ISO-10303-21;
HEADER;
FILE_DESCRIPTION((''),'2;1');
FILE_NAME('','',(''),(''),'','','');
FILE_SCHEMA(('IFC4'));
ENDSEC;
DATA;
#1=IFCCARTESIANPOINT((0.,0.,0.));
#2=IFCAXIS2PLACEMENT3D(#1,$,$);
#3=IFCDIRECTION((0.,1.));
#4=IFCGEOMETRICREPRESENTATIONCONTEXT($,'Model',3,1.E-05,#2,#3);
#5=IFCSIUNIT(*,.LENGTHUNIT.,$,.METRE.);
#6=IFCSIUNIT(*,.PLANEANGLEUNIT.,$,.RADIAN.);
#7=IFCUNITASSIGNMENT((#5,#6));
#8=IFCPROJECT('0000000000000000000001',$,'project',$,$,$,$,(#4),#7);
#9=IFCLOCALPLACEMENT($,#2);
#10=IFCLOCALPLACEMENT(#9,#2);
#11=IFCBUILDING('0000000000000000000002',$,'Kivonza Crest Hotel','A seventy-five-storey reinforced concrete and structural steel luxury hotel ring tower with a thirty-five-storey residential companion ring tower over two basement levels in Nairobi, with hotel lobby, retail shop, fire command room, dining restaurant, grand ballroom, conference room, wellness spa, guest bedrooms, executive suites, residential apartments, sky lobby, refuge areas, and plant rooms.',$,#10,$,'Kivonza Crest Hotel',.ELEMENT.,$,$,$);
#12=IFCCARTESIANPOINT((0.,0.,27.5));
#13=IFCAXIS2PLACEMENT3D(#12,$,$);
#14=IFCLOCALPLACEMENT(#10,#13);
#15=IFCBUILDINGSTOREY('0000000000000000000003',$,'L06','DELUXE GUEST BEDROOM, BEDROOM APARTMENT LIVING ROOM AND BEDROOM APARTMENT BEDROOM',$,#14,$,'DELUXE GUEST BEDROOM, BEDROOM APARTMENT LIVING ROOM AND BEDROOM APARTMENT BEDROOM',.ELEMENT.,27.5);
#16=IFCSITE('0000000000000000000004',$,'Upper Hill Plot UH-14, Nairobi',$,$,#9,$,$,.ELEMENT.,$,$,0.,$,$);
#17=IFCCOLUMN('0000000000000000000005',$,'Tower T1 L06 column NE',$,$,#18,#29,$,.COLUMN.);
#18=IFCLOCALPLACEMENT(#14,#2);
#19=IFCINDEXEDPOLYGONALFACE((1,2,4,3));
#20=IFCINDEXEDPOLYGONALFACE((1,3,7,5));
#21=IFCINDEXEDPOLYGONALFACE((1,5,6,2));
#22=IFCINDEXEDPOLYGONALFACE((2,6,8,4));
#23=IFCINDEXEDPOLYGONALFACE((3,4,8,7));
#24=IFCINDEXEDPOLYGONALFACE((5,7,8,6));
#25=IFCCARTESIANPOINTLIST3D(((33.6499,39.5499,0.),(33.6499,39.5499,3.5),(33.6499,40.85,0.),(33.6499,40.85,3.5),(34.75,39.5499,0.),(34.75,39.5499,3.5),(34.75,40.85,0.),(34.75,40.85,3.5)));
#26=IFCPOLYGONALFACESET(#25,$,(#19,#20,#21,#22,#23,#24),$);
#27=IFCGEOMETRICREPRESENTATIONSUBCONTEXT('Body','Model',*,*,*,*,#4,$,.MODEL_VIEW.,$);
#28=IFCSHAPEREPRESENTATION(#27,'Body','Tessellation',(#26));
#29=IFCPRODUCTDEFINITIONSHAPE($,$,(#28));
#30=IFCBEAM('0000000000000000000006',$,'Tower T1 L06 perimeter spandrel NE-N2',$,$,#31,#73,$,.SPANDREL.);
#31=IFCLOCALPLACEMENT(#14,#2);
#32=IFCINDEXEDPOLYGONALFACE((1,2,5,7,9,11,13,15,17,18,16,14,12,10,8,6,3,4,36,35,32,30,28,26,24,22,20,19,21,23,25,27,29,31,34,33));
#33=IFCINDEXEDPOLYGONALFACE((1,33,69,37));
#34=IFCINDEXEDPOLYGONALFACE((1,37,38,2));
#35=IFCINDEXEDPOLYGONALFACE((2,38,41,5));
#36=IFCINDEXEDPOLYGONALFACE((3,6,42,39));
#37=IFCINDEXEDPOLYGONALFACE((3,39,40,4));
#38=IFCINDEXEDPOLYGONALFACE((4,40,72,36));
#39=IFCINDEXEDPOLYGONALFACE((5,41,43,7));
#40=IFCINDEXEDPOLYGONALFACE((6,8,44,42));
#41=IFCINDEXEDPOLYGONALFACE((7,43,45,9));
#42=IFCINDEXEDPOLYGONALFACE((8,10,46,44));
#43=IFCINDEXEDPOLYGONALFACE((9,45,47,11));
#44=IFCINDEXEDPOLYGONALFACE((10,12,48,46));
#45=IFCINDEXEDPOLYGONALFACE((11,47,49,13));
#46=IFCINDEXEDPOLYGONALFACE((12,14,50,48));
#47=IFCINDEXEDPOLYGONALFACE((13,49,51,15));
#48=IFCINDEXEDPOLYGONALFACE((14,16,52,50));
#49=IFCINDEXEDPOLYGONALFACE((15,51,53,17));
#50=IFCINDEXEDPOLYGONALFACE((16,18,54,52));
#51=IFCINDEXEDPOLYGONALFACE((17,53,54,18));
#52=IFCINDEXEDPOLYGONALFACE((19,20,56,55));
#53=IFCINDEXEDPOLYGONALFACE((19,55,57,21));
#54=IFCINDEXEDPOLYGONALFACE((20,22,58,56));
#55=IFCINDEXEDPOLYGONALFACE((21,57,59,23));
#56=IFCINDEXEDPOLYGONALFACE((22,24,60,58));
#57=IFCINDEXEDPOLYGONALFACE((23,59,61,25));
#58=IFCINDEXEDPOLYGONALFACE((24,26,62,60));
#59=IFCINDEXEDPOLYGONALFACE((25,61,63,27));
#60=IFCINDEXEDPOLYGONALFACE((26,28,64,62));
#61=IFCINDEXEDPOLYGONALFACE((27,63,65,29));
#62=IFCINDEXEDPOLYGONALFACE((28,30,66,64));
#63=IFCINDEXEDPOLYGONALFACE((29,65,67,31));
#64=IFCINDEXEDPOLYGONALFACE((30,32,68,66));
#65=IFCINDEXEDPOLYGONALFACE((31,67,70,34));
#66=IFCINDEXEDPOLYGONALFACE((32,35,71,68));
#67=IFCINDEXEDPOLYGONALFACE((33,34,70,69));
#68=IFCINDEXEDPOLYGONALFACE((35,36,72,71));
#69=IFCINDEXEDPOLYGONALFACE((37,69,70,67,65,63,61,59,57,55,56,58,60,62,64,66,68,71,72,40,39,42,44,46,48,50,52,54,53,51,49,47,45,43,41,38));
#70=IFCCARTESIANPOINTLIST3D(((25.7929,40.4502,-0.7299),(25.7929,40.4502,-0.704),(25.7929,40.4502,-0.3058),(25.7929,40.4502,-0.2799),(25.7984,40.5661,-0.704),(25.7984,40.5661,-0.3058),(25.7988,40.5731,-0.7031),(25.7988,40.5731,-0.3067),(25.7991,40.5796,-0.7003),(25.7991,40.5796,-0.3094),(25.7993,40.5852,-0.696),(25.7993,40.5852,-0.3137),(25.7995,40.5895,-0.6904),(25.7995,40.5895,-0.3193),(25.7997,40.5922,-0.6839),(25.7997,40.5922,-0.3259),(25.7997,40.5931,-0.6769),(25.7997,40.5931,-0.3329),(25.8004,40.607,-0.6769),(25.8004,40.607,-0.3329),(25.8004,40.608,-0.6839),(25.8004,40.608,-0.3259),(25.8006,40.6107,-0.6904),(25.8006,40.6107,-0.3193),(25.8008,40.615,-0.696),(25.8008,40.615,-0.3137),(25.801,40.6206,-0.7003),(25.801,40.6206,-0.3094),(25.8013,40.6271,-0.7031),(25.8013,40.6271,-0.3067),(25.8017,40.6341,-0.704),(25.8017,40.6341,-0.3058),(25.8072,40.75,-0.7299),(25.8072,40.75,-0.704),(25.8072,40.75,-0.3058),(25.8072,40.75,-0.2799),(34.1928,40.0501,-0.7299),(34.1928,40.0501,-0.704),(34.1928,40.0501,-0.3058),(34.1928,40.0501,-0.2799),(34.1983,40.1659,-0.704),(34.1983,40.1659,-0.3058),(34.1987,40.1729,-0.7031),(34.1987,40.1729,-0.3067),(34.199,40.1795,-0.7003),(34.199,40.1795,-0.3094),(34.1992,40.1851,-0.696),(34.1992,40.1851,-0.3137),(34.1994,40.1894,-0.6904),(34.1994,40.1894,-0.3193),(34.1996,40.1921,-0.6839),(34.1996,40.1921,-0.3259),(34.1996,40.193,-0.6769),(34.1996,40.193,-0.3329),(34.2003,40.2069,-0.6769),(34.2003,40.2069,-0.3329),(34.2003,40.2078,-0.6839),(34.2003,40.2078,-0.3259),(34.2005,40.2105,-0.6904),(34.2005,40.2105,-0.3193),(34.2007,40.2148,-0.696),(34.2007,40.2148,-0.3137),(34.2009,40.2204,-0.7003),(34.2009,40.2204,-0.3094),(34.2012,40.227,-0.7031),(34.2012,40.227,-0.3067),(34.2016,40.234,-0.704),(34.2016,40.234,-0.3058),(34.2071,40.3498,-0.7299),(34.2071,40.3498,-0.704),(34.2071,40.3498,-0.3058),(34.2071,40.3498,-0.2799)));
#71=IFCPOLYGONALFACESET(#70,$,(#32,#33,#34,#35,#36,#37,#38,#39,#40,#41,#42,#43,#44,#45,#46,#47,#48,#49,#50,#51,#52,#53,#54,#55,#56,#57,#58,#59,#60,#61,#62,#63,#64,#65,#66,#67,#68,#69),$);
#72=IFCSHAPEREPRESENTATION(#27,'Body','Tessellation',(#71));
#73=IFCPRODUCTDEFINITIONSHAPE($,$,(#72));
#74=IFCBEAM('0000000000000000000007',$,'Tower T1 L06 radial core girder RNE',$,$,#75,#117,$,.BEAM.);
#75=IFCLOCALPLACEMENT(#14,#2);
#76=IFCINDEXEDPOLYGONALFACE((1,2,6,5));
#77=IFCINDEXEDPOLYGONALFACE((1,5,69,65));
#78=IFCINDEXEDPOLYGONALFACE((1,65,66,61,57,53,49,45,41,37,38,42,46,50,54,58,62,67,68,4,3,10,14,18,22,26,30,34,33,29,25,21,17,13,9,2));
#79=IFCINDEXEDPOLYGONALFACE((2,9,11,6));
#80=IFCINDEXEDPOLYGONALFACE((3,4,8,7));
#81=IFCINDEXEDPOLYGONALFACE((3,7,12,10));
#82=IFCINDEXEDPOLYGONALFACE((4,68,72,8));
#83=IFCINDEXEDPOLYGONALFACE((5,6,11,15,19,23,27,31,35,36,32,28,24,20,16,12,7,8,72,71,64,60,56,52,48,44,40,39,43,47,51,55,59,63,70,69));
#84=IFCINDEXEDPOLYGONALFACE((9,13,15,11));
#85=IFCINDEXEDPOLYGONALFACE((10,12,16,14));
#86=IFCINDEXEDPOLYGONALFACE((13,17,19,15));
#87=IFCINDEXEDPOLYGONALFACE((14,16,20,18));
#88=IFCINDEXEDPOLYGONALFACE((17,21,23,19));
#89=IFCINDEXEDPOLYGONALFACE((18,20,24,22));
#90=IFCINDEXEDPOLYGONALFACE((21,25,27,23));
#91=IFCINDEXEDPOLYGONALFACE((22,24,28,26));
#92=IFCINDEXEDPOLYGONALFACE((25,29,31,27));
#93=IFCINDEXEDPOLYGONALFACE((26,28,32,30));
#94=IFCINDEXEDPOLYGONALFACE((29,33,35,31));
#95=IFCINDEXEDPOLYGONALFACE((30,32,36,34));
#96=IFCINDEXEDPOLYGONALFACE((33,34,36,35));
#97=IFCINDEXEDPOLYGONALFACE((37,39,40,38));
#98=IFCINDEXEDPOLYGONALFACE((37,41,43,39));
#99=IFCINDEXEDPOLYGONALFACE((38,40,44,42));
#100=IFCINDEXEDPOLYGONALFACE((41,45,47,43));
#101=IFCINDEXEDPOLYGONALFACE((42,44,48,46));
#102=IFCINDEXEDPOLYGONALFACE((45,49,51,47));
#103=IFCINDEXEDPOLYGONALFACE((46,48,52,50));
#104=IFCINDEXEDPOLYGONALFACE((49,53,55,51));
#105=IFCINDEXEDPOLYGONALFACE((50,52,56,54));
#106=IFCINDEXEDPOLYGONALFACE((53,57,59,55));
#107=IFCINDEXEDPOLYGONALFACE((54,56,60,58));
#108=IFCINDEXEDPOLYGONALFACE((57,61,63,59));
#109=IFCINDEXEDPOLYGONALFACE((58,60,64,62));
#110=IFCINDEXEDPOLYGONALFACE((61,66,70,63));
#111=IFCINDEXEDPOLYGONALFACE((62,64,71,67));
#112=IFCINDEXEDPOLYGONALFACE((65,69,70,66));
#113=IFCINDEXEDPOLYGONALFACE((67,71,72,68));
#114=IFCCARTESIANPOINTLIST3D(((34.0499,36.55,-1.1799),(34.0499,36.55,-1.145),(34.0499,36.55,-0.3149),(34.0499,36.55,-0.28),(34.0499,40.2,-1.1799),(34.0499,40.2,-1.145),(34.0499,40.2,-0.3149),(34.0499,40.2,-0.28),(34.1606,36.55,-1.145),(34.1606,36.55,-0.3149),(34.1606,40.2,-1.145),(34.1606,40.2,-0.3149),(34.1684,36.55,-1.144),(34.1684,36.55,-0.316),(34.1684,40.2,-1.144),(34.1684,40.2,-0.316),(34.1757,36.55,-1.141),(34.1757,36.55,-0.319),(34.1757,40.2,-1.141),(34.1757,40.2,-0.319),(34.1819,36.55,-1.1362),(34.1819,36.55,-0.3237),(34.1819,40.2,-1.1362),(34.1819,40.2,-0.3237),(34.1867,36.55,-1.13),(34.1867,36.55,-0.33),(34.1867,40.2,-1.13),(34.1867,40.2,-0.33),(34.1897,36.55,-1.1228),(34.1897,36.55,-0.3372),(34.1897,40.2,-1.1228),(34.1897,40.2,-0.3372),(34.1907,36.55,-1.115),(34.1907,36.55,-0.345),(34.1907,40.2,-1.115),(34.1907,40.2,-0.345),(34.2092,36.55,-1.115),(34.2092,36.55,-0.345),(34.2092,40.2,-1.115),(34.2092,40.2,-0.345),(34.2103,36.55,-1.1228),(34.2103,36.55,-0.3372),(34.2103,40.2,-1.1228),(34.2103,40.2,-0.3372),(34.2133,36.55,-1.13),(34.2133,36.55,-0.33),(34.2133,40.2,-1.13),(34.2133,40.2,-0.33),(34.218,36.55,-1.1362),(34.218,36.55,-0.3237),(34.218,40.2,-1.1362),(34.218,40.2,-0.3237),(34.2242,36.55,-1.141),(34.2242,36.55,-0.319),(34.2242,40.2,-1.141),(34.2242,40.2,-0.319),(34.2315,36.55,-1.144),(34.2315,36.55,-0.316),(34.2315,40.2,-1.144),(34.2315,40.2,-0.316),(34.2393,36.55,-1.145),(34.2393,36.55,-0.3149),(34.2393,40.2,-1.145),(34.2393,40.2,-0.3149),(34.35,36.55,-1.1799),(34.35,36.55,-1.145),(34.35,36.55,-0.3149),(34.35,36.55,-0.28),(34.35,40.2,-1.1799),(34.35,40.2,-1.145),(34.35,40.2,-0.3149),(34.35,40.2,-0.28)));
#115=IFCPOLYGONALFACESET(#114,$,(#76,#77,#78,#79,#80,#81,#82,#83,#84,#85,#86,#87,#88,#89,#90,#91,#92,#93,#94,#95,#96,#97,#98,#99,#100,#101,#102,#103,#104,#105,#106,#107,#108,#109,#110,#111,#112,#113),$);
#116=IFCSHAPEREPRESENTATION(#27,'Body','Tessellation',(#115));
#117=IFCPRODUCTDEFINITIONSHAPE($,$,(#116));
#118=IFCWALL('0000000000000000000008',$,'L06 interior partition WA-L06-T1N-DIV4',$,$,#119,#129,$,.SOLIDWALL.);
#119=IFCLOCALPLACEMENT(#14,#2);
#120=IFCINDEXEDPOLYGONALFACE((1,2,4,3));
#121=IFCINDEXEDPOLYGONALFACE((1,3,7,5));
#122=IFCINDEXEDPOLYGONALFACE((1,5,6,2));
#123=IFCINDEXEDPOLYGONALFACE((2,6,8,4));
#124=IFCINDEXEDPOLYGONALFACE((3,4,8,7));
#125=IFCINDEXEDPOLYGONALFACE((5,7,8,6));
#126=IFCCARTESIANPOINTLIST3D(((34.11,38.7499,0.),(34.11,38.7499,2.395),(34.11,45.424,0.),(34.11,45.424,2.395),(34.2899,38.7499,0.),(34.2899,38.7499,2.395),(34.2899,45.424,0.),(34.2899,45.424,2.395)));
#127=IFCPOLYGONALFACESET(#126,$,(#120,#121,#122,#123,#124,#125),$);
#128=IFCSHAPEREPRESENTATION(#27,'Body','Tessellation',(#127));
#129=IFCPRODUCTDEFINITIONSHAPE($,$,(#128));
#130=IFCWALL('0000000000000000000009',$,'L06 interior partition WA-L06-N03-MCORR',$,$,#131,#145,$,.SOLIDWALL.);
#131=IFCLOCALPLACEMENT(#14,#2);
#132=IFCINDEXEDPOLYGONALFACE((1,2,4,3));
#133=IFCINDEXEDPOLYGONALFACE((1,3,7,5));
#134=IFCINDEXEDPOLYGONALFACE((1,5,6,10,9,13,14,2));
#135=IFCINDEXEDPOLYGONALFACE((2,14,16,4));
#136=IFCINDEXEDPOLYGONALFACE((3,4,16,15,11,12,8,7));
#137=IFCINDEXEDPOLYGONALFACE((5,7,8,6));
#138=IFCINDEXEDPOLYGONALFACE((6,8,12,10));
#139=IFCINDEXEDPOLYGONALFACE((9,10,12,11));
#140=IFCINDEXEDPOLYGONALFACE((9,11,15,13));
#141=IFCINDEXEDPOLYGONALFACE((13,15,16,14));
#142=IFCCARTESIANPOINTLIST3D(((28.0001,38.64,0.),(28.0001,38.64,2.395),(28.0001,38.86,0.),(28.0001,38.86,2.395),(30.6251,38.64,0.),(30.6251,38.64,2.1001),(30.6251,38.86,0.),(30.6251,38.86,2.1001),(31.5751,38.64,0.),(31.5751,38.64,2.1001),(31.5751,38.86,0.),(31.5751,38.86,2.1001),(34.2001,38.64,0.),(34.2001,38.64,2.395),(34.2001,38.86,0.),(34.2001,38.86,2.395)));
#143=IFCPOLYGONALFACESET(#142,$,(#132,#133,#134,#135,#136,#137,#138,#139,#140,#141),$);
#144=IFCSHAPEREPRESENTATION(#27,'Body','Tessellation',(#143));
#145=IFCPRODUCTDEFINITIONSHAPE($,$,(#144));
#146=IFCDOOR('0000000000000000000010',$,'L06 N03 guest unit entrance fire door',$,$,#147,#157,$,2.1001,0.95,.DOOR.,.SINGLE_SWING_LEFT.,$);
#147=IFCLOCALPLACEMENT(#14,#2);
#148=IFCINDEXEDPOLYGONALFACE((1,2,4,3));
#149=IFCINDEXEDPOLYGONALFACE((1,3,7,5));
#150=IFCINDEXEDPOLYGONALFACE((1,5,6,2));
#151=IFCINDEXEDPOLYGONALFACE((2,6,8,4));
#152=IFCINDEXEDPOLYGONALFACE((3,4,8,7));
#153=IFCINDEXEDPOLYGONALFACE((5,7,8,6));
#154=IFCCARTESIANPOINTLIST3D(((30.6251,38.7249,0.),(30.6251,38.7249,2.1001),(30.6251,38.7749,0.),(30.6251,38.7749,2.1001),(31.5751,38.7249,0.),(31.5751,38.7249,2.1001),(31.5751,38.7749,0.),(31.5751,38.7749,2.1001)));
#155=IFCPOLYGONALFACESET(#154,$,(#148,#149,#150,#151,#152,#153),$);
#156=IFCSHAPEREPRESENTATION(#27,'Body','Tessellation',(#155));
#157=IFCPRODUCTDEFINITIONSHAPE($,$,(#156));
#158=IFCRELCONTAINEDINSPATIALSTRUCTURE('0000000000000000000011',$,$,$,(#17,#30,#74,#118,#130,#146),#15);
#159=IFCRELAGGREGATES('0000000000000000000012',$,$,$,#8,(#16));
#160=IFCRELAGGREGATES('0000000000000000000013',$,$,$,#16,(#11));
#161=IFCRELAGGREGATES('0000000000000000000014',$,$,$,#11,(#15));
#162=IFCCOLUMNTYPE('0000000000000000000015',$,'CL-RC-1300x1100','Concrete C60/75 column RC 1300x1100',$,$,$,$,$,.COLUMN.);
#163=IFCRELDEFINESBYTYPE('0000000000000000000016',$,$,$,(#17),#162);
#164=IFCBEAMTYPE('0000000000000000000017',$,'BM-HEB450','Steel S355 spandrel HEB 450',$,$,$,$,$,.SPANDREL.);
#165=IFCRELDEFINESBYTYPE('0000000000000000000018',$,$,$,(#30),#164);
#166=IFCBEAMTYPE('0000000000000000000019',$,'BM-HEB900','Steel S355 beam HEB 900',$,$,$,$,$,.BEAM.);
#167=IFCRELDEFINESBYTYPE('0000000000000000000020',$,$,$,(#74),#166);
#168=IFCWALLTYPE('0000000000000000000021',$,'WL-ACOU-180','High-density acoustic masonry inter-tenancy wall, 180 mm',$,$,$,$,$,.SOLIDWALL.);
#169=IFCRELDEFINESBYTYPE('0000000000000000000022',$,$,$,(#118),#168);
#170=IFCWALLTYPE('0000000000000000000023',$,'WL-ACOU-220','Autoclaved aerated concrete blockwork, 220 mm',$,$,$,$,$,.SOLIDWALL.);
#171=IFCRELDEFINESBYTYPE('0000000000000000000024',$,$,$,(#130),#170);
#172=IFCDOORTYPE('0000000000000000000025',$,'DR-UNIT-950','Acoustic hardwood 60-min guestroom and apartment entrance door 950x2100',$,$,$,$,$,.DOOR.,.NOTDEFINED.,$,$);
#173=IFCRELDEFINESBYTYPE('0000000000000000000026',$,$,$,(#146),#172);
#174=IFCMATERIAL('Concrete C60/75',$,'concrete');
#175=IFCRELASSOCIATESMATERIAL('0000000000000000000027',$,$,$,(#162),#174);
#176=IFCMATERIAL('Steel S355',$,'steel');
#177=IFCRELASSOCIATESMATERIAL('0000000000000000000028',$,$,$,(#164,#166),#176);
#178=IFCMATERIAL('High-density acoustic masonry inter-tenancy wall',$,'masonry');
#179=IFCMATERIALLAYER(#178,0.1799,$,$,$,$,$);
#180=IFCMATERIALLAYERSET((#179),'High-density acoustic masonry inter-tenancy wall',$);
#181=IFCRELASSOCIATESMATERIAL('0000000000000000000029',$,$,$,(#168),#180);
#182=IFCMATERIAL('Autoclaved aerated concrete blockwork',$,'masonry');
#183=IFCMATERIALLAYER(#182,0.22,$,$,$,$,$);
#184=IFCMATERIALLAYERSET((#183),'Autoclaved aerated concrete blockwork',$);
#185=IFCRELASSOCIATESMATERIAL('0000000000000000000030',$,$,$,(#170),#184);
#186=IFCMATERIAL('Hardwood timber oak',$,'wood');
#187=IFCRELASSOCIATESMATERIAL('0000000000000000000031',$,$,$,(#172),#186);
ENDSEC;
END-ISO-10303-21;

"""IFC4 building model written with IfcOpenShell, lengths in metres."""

from ifc_helpers import new_model, si_unit, direction, frame, frame_2d, origin, origin_2d, place, context, subcontext, project, spatial, rectangle, i_section, extrude, material, layer, layer_set, material_profile, profile_set, type_object, element, fill, save


model = new_model("IFC4")

# Units and contexts
model_context = context("Model", 3, precision=1e-05, world=origin(), true_north=direction((0.0, 1.0)))
body_context = subcontext(model_context, "Body", "Model", "MODEL_VIEW")
ifc_project = project(units=[si_unit("LENGTHUNIT", "METRE"), si_unit("PLANEANGLEUNIT", "RADIAN")], contexts=[model_context])

# Site, building, storey
site_placement = place(None, origin())
site = spatial("IfcSite", under=ifc_project, at=site_placement, Name="Upper Hill Plot UH-14, Nairobi", CompositionType="ELEMENT", RefElevation=0.0)
building_placement = place(site_placement, origin())
building = spatial("IfcBuilding", under=site, at=building_placement, Name="Kivonza Crest Hotel", Description="A seventy-five-storey reinforced concrete and structural steel luxury hotel ring tower with a thirty-five-storey residential companion ring tower over two basement levels in Nairobi, with hotel lobby, retail shop, fire command room, dining restaurant, grand ballroom, conference room, wellness spa, guest bedrooms, executive suites, residential apartments, sky lobby, refuge areas, and plant rooms.", LongName="Kivonza Crest Hotel", CompositionType="ELEMENT")
storey_placement = place(building_placement, frame((0.0, 0.0, 27.5)))
storey = spatial("IfcBuildingStorey", under=building, at=storey_placement, Name="L06", Description="DELUXE GUEST BEDROOM, BEDROOM APARTMENT LIVING ROOM AND BEDROOM APARTMENT BEDROOM", LongName="DELUXE GUEST BEDROOM, BEDROOM APARTMENT LIVING ROOM AND BEDROOM APARTMENT BEDROOM", CompositionType="ELEMENT", Elevation=27.5)

# Column
ifc_material_1 = material(Name="Concrete C60/75", Category="concrete")
ifc_material_profile_1 = material_profile(ifc_material_1, rectangle(XDim=1.1001, YDim=1.3, at=origin_2d()), Name="RC 1300x1100")
ifc_profile_set_1 = profile_set([ifc_material_profile_1], Name="Concrete C60/75")
column_type = type_object("IfcColumnType", Name="CL-RC-1300x1100", Description="Concrete C60/75 column RC 1300x1100", PredefinedType="COLUMN", material=ifc_profile_set_1)
column_placement = place(storey_placement, frame((34.2, 40.2, 0.0), z_axis=(0.0, 0.0, 1.0), x_axis=(1.0, 0.0, 0.0)))
element("IfcColumn", 1, at=column_placement, inside=storey, type_object=column_type, Name="Tower T1 L06 column NE", PredefinedType="COLUMN", context=body_context, shape_type="SweptSolid", body=[
    extrude(rectangle(XDim=1.1001, YDim=1.3, at=origin_2d()), origin(), (0.0, 0.0, 1.0), 3.5),
])

# Beams
ifc_material_2 = material(Name="Steel S355", Category="steel")
ifc_material_profile_2 = material_profile(ifc_material_2, i_section(OverallWidth=0.3, OverallDepth=0.45, WebThickness=0.0139, FlangeThickness=0.0259, FilletRadius=0.0271, at=origin_2d()), Name="HEB 450")
ifc_profile_set_2 = profile_set([ifc_material_profile_2], Name="Steel S355")
beam_type_1 = type_object("IfcBeamType", Name="BM-HEB450", Description="Steel S355 spandrel HEB 450", PredefinedType="SPANDREL", material=ifc_profile_set_2)
beam_1_placement = place(storey_placement, frame((34.2, 40.2, -0.5049), z_axis=(-0.998867, 0.047583, 0.0), x_axis=(-0.047583, -0.998867, 0.0)))
element("IfcBeam", 2, at=beam_1_placement, inside=storey, type_object=beam_type_1, Name="Tower T1 L06 perimeter spandrel NE-N2", PredefinedType="SPANDREL", context=body_context, shape_type="SweptSolid", body=[
    extrude(i_section(OverallWidth=0.3, OverallDepth=0.45, WebThickness=0.0139, FlangeThickness=0.0259, FilletRadius=0.0271, at=origin_2d()), origin(), (0.0, 0.0, 1.0), 8.4094),
])
ifc_material_profile_3 = material_profile(ifc_material_2, i_section(OverallWidth=0.3, OverallDepth=0.8999, WebThickness=0.0186, FlangeThickness=0.0349, FilletRadius=0.03, at=origin_2d()), Name="HEB 900")
ifc_profile_set_3 = profile_set([ifc_material_profile_3], Name="Steel S355")
beam_type_2 = type_object("IfcBeamType", Name="BM-HEB900", Description="Steel S355 beam HEB 900", PredefinedType="BEAM", material=ifc_profile_set_3)
beam_2_placement = place(storey_placement, frame((34.2, 40.2, -0.73), z_axis=(0.0, -1.0, 0.0), x_axis=(1.0, 0.0, 0.0)))
element("IfcBeam", 3, at=beam_2_placement, inside=storey, type_object=beam_type_2, Name="Tower T1 L06 radial core girder RNE", PredefinedType="BEAM", context=body_context, shape_type="SweptSolid", body=[
    extrude(i_section(OverallWidth=0.3, OverallDepth=0.8999, WebThickness=0.0186, FlangeThickness=0.0349, FilletRadius=0.03, at=origin_2d()), origin(), (0.0, 0.0, 1.0), 3.6499),
])

# Wall
ifc_material_3 = material(Name="High-density acoustic masonry inter-tenancy wall", Category="masonry")
ifc_layer_1 = layer(ifc_material_3, 0.1799)
ifc_layer_set_1 = layer_set([ifc_layer_1], Name="High-density acoustic masonry inter-tenancy wall")
wall_type_1 = type_object("IfcWallType", Name="WL-ACOU-180", Description="High-density acoustic masonry inter-tenancy wall, 180 mm", PredefinedType="SOLIDWALL", material=ifc_layer_set_1)
wall_1_placement = place(storey_placement, frame((34.2, 38.75, 0.0), z_axis=(0.0, 0.0, 1.0), x_axis=(0.0, 1.0, 0.0)))
element("IfcWall", 4, at=wall_1_placement, inside=storey, type_object=wall_type_1, Name="L06 interior partition WA-L06-T1N-DIV4", PredefinedType="SOLIDWALL", context=body_context, shape_type="SweptSolid", body=[
    extrude(rectangle(XDim=6.6741, YDim=0.1799, at=frame_2d((3.3369, 0.0))), origin(), (0.0, 0.0, 1.0), 2.395),
])

# Wall, opening, door
ifc_material_4 = material(Name="Autoclaved aerated concrete blockwork", Category="masonry")
ifc_layer_2 = layer(ifc_material_4, 0.22)
ifc_layer_set_2 = layer_set([ifc_layer_2], Name="Autoclaved aerated concrete blockwork")
wall_type_2 = type_object("IfcWallType", Name="WL-ACOU-220", Description="Autoclaved aerated concrete blockwork, 220 mm", PredefinedType="SOLIDWALL", material=ifc_layer_set_2)
wall_2_placement = place(storey_placement, frame((28.0, 38.75, 0.0), z_axis=(0.0, 0.0, 1.0), x_axis=(1.0, 0.0, 0.0)))
wall_2 = element("IfcWall", 5, at=wall_2_placement, inside=storey, type_object=wall_type_2, Name="L06 interior partition WA-L06-N03-MCORR", PredefinedType="SOLIDWALL", context=body_context, shape_type="SweptSolid", body=[
    extrude(rectangle(XDim=6.2, YDim=0.22, at=frame_2d((3.1001, 0.0))), origin(), (0.0, 0.0, 1.0), 2.395),
])
opening_1_placement = place(wall_2_placement, frame((2.625, 0.0, 0.0)))
opening_1 = element("IfcOpeningElement", 6, at=opening_1_placement, cuts=wall_2, PredefinedType="OPENING", context=body_context, shape_type="SweptSolid", body=[
    extrude(rectangle(XDim=0.95, YDim=2.1001, at=frame_2d((0.4751, 1.05))), frame((0.0, 0.1201, 0.0), z_axis=(0.0, -1.0, 0.0), x_axis=(1.0, 0.0, 0.0)), (0.0, 0.0, 1.0), 0.24),
])
ifc_material_5 = material(Name="Hardwood timber oak", Category="wood")
door_type_1 = type_object("IfcDoorType", Name="DR-UNIT-950", Description="Acoustic hardwood 60-min guestroom and apartment entrance door 950x2100", OperationType="NOTDEFINED", PredefinedType="DOOR", material=ifc_material_5)
door_1_placement = place(opening_1_placement, origin())
door_1 = element("IfcDoor", 7, at=door_1_placement, inside=storey, type_object=door_type_1, Name="L06 N03 guest unit entrance fire door", OperationType="SINGLE_SWING_LEFT", OverallHeight=2.1001, OverallWidth=0.95, PredefinedType="DOOR", context=body_context, shape_type="SweptSolid", body=[
    extrude(rectangle(XDim=0.95, YDim=2.1001, at=frame_2d((0.4751, 1.05))), frame((0.0, 0.0249, 0.0), z_axis=(0.0, -1.0, 0.0), x_axis=(1.0, 0.0, 0.0)), (0.0, 0.0, 1.0), 0.05),
])
fill(opening_1, door_1)

save(model, "model.ifc")
